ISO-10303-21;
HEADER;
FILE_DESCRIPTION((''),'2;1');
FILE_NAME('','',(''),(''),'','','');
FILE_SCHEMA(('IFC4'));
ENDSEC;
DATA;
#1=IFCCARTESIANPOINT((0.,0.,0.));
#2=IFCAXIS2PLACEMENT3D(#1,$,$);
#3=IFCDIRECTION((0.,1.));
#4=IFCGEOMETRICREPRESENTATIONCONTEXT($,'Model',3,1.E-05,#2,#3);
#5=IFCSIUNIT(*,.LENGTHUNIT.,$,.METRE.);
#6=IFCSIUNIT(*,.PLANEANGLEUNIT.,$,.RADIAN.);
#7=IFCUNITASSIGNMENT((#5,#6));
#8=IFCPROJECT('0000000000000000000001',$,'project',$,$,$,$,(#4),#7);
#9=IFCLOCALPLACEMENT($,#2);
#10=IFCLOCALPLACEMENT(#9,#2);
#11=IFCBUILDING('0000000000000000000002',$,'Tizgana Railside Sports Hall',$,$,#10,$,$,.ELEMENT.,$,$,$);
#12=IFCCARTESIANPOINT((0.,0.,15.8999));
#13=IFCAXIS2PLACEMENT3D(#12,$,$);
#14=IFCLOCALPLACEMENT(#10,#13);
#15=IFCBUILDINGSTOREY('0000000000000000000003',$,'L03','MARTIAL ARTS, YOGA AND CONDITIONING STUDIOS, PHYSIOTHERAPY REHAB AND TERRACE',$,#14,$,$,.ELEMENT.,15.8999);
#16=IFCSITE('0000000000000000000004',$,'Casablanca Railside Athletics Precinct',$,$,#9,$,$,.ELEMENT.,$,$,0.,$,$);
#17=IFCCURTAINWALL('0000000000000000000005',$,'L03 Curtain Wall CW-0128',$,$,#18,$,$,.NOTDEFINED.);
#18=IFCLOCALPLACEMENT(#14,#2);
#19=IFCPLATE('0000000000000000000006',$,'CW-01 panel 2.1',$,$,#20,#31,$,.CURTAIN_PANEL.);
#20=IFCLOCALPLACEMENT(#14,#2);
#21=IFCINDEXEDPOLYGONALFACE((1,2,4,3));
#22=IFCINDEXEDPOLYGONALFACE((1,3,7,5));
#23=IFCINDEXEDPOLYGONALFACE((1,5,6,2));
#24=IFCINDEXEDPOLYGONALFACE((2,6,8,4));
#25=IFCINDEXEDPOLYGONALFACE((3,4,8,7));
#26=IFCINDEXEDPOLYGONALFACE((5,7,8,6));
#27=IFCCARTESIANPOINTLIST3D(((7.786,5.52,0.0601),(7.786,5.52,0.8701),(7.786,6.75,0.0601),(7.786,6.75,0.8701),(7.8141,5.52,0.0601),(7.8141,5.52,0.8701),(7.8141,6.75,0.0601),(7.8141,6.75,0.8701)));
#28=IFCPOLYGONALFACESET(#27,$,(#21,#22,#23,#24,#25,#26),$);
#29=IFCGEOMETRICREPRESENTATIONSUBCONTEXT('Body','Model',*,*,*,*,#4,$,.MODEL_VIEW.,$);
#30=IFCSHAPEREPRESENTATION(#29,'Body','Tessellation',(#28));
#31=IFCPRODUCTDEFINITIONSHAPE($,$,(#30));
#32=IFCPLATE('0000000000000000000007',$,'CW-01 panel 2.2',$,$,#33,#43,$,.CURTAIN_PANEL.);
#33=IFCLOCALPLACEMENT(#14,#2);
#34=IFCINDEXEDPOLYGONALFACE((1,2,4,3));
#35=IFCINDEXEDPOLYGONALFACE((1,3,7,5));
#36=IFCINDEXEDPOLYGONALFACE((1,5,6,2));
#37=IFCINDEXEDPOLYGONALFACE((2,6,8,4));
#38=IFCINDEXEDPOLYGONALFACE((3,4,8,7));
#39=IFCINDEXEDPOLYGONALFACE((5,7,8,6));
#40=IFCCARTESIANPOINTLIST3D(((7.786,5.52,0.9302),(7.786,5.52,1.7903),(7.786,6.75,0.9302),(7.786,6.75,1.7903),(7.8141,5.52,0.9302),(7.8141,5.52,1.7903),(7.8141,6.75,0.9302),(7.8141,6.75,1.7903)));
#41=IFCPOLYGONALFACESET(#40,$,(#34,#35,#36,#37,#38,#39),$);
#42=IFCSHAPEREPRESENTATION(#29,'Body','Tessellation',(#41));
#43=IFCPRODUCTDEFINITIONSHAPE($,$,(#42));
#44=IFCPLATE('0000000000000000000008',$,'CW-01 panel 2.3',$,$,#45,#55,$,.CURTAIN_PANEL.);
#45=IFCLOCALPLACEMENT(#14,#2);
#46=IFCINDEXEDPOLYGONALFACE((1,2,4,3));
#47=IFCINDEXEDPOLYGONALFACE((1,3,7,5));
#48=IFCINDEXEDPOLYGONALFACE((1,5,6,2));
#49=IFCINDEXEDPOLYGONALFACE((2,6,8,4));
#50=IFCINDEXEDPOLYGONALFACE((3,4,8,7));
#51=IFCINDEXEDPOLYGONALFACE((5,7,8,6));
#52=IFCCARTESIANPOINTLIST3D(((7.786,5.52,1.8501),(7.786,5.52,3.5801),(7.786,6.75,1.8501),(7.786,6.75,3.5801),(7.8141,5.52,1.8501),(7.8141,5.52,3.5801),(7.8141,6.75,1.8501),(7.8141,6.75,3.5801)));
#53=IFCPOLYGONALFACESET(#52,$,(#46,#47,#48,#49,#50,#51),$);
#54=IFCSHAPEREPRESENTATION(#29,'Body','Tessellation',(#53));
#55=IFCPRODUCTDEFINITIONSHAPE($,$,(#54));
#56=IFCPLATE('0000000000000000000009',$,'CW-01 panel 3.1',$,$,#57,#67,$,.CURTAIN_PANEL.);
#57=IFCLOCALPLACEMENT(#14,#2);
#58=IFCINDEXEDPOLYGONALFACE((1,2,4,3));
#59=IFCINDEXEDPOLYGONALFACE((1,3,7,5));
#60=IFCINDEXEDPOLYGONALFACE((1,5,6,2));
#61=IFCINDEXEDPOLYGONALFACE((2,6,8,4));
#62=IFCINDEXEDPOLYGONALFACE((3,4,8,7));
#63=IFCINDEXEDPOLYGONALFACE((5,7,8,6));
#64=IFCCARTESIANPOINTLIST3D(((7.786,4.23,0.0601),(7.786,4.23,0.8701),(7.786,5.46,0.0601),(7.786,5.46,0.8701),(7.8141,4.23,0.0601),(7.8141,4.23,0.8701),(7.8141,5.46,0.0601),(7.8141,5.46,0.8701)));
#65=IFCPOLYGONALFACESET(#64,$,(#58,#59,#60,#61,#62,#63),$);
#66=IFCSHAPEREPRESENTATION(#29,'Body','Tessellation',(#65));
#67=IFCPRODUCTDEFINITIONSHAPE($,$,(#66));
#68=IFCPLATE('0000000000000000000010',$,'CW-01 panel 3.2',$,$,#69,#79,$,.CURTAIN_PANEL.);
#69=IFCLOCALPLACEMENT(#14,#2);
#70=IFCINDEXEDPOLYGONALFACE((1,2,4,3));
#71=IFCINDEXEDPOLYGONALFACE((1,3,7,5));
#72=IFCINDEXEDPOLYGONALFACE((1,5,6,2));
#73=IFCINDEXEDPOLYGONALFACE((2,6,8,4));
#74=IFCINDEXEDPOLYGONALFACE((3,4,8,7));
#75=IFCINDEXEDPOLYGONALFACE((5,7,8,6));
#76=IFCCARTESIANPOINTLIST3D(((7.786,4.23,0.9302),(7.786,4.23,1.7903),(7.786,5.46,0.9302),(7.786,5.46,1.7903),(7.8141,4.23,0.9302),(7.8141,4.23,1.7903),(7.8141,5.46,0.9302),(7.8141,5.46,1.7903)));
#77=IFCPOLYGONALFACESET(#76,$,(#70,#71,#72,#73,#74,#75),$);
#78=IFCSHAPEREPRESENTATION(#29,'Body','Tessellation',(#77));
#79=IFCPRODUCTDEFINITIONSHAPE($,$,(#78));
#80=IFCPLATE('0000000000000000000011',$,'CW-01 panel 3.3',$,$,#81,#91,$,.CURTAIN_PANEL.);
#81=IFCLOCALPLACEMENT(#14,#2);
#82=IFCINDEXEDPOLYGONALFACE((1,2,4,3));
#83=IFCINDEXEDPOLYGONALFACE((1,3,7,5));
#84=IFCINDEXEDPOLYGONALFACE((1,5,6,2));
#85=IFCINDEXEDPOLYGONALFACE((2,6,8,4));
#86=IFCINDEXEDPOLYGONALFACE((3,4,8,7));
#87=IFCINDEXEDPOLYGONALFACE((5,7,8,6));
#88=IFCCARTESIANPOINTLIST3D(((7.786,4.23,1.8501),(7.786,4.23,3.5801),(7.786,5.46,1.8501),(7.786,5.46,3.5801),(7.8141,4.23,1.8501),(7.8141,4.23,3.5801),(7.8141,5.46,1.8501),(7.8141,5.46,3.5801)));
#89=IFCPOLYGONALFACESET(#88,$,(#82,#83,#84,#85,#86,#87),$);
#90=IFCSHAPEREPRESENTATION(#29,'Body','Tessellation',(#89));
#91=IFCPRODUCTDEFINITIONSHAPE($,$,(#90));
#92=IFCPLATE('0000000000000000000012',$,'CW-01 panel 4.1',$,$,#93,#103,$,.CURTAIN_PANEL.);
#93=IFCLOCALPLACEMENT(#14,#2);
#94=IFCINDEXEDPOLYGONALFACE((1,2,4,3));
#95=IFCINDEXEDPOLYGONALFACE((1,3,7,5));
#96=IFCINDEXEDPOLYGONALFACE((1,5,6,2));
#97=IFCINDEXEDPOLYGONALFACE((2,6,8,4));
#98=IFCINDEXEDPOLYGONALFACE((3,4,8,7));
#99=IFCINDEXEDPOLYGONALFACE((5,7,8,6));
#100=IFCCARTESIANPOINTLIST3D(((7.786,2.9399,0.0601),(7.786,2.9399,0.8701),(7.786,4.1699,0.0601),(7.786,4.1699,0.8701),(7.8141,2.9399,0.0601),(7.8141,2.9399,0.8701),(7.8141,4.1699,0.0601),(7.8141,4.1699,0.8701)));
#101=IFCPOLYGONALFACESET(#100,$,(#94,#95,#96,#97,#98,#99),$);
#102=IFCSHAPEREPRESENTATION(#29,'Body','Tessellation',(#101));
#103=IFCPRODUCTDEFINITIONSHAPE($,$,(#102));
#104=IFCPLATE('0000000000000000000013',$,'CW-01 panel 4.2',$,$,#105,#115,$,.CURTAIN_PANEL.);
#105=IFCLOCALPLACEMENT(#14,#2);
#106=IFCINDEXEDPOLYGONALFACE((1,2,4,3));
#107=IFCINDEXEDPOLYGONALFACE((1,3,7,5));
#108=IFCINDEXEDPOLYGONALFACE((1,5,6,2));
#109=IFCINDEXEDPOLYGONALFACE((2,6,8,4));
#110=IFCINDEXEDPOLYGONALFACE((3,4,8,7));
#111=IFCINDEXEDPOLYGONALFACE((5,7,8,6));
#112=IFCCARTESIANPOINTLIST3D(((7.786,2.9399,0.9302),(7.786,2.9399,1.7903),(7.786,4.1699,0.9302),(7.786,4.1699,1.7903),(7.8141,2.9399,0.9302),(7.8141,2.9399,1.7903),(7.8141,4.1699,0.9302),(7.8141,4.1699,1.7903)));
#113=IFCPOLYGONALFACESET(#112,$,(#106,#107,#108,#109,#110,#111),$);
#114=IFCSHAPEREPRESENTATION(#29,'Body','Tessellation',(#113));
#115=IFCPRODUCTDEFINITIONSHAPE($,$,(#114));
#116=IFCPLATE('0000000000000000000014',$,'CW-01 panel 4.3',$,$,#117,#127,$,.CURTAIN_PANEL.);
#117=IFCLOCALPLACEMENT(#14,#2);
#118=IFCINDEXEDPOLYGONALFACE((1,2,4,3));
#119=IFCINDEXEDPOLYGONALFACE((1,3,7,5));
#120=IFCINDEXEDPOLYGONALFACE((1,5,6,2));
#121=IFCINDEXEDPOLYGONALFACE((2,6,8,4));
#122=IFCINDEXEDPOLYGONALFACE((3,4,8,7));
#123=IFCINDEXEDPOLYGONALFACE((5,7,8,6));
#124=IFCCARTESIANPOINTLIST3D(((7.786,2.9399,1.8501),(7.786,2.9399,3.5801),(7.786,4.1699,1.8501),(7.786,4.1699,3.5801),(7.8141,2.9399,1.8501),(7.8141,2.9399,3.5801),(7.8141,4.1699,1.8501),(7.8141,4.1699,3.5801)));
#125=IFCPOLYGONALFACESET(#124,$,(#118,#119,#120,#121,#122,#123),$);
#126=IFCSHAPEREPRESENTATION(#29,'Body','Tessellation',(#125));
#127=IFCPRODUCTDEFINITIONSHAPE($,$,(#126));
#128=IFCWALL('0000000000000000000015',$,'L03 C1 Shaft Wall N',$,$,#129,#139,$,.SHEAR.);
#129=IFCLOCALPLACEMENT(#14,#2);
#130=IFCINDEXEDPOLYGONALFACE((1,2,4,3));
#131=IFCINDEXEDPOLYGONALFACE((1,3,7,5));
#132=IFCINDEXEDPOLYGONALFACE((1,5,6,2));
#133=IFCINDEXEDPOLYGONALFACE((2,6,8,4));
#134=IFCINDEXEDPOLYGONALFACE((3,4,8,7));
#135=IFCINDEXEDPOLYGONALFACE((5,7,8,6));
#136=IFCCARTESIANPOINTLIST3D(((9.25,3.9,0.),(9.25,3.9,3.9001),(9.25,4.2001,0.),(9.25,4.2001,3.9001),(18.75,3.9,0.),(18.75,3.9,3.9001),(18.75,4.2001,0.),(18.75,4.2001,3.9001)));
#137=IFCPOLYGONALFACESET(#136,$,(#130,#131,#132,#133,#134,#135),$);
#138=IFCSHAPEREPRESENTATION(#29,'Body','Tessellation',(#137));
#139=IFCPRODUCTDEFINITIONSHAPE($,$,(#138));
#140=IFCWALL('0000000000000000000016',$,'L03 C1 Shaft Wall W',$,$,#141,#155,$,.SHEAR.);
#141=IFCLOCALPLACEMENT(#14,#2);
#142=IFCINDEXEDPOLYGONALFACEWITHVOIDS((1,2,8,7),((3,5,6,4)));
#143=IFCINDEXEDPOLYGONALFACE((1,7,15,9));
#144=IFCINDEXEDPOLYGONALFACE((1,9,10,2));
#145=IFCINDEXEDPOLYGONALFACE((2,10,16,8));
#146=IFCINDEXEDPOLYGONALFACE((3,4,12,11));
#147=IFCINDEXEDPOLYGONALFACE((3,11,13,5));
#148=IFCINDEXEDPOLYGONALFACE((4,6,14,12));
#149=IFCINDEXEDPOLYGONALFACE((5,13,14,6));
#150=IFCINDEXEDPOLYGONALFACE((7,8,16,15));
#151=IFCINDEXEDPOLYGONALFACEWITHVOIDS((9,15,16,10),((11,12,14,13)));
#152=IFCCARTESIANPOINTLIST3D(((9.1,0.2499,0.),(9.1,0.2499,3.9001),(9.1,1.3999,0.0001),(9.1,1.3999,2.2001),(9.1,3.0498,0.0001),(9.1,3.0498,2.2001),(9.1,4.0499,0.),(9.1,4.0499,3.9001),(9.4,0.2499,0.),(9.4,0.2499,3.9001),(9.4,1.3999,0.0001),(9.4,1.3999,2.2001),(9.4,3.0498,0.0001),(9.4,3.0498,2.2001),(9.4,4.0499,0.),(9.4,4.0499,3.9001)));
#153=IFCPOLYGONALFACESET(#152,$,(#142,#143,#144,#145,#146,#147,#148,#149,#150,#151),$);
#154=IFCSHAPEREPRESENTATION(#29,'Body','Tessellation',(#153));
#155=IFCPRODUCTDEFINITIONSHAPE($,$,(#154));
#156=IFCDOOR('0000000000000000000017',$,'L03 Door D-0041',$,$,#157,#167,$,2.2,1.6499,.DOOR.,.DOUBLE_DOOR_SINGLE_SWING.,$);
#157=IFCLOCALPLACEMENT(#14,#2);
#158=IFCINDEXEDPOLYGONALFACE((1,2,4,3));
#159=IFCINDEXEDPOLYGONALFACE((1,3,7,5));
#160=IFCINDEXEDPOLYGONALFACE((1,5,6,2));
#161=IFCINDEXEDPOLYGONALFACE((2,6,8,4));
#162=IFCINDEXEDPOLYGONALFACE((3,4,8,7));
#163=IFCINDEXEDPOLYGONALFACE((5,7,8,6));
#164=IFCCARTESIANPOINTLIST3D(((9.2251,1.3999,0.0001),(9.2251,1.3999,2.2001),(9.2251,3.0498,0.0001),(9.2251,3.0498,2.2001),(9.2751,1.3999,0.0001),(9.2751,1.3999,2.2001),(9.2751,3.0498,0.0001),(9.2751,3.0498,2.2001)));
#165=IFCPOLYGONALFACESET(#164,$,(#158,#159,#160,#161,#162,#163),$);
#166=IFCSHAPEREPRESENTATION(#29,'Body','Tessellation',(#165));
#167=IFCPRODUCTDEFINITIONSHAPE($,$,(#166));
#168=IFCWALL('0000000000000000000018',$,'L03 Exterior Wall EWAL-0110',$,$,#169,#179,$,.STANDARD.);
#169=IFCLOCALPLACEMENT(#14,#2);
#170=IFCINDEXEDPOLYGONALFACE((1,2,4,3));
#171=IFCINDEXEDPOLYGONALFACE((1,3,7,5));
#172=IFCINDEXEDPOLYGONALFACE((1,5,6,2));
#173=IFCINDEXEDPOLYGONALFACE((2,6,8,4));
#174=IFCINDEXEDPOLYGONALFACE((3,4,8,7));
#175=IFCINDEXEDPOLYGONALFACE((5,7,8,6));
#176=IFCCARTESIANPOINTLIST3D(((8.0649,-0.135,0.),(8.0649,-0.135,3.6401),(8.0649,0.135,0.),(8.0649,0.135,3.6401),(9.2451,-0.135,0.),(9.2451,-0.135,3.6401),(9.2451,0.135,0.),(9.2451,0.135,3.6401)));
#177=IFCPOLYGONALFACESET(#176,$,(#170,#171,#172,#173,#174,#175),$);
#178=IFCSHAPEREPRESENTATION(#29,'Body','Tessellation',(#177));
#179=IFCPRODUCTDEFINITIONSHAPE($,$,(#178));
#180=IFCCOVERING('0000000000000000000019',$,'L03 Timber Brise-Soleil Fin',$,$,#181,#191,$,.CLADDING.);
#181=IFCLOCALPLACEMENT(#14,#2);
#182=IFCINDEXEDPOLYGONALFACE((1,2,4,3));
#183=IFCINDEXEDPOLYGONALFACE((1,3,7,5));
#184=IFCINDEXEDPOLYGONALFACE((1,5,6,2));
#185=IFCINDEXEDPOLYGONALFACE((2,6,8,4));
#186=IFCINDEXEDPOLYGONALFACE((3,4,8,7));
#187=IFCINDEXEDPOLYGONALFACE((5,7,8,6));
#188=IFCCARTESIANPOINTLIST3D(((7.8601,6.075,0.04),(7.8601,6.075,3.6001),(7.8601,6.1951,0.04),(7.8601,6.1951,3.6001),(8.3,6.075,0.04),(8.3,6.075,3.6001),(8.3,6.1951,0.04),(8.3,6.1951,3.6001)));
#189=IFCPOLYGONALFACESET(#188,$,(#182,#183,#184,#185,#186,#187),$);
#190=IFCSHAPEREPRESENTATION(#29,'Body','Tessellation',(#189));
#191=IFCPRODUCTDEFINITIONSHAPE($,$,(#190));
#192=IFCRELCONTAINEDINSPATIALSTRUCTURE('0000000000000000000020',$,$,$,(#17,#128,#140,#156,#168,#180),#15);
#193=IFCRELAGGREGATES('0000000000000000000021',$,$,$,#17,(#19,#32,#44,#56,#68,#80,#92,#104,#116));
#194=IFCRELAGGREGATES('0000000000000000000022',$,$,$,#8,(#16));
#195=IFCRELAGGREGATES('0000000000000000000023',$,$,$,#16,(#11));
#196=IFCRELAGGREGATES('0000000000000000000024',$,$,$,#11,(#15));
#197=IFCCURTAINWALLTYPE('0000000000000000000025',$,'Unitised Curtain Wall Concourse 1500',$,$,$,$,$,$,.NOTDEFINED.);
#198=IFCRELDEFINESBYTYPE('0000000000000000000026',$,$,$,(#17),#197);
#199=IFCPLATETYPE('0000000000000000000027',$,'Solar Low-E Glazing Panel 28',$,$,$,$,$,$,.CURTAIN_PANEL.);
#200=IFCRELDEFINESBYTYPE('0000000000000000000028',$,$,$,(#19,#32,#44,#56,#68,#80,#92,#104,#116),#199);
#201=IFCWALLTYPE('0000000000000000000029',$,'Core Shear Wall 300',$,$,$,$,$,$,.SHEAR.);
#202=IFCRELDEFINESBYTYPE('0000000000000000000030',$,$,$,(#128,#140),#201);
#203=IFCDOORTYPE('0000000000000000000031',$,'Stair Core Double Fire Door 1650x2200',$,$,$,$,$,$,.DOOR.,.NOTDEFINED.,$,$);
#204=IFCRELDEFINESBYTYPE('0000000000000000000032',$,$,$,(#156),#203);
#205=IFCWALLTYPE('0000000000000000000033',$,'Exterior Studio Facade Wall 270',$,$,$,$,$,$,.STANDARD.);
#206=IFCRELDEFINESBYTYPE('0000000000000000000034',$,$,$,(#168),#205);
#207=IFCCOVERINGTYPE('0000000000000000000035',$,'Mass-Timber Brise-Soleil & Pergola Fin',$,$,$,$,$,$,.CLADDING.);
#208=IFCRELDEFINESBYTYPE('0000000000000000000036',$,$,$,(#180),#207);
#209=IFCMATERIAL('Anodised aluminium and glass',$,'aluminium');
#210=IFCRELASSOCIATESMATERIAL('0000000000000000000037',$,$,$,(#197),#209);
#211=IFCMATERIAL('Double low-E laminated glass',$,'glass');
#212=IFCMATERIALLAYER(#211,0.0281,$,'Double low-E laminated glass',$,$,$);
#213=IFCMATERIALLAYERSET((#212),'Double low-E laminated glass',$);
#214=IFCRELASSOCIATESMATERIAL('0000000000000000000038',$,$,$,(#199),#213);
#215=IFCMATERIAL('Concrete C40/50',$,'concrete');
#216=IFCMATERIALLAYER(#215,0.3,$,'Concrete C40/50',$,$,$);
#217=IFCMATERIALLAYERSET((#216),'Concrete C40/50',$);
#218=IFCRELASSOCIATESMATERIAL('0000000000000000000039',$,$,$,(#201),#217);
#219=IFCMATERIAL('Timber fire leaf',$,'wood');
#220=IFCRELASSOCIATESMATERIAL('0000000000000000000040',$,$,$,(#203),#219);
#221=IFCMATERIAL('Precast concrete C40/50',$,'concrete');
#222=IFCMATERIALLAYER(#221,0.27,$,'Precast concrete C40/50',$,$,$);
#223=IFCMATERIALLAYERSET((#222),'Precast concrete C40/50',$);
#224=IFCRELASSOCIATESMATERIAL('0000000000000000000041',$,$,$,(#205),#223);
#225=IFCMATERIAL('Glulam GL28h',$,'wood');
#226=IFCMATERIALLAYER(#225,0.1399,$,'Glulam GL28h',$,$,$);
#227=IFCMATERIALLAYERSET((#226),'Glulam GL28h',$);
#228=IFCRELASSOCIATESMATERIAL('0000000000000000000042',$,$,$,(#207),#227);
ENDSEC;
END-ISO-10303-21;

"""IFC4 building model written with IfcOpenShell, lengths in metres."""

from ifc_helpers import new_model, si_unit, direction, frame, frame_2d, origin, origin_2d, place, context, subcontext, project, spatial, rectangle, extrude, material, layer, layer_set, type_object, element, fill, aggregate, save


model = new_model("IFC4")

# Units and contexts
model_context = context("Model", 3, precision=1e-05, world=origin(), true_north=direction((0.0, 1.0)))
body_context = subcontext(model_context, "Body", "Model", "MODEL_VIEW")
ifc_project = project(units=[si_unit("LENGTHUNIT", "METRE"), si_unit("PLANEANGLEUNIT", "RADIAN")], contexts=[model_context])

# Site, building, storey
site_placement = place(None, origin())
site = spatial("IfcSite", under=ifc_project, at=site_placement, Name="Casablanca Railside Athletics Precinct", CompositionType="ELEMENT", RefElevation=0.0)
building_placement = place(site_placement, origin())
building = spatial("IfcBuilding", under=site, at=building_placement, Name="Tizgana Railside Sports Hall", CompositionType="ELEMENT")
storey_placement = place(building_placement, frame((0.0, 0.0, 15.8999)))
storey = spatial("IfcBuildingStorey", under=building, at=storey_placement, Name="L03", Description="MARTIAL ARTS, YOGA AND CONDITIONING STUDIOS, PHYSIOTHERAPY REHAB AND TERRACE", CompositionType="ELEMENT", Elevation=15.8999)

# Curtain wall, plates
ifc_material_1 = material(Name="Anodised aluminium and glass", Category="aluminium")
curtain_wall_type = type_object("IfcCurtainWallType", Name="Unitised Curtain Wall Concourse 1500", PredefinedType="NOTDEFINED", material=ifc_material_1)
curtain_wall_placement = place(storey_placement, origin())
curtain_wall = element("IfcCurtainWall", 1, at=curtain_wall_placement, inside=storey, type_object=curtain_wall_type, Name="L03 Curtain Wall CW-0128", PredefinedType="NOTDEFINED")
ifc_material_2 = material(Name="Double low-E laminated glass", Category="glass")
ifc_layer_1 = layer(ifc_material_2, 0.0281, Name="Double low-E laminated glass")
ifc_layer_set_1 = layer_set([ifc_layer_1], Name="Double low-E laminated glass")
plate_type = type_object("IfcPlateType", Name="Solar Low-E Glazing Panel 28", PredefinedType="CURTAIN_PANEL", material=ifc_layer_set_1)
plate_1_placement = place(storey_placement, frame((7.8, 6.135, 0.0601), z_axis=(0.0, 0.0, 1.0), x_axis=(0.0, -1.0, 0.0)))
plate_1 = element("IfcPlate", 2, at=plate_1_placement, type_object=plate_type, Name="CW-01 panel 2.1", PredefinedType="CURTAIN_PANEL", context=body_context, shape_type="SweptSolid", body=[
    extrude(rectangle(XDim=1.23, YDim=0.0281, at=origin_2d()), origin(), (0.0, 0.0, 1.0), 0.8101),
])
plate_2_placement = place(storey_placement, frame((7.8, 6.135, 0.9302), z_axis=(0.0, 0.0, 1.0), x_axis=(0.0, -1.0, 0.0)))
plate_2 = element("IfcPlate", 3, at=plate_2_placement, type_object=plate_type, Name="CW-01 panel 2.2", PredefinedType="CURTAIN_PANEL", context=body_context, shape_type="SweptSolid", body=[
    extrude(rectangle(XDim=1.23, YDim=0.0281, at=origin_2d()), origin(), (0.0, 0.0, 1.0), 0.8601),
])
plate_3_placement = place(storey_placement, frame((7.8, 6.135, 1.8501), z_axis=(0.0, 0.0, 1.0), x_axis=(0.0, -1.0, 0.0)))
plate_3 = element("IfcPlate", 4, at=plate_3_placement, type_object=plate_type, Name="CW-01 panel 2.3", PredefinedType="CURTAIN_PANEL", context=body_context, shape_type="SweptSolid", body=[
    extrude(rectangle(XDim=1.23, YDim=0.0281, at=origin_2d()), origin(), (0.0, 0.0, 1.0), 1.73),
])
plate_4_placement = place(storey_placement, frame((7.8, 4.845, 0.0601), z_axis=(0.0, 0.0, 1.0), x_axis=(0.0, -1.0, 0.0)))
plate_4 = element("IfcPlate", 5, at=plate_4_placement, type_object=plate_type, Name="CW-01 panel 3.1", PredefinedType="CURTAIN_PANEL", context=body_context, shape_type="SweptSolid", body=[
    extrude(rectangle(XDim=1.23, YDim=0.0281, at=origin_2d()), origin(), (0.0, 0.0, 1.0), 0.8101),
])
plate_5_placement = place(storey_placement, frame((7.8, 4.845, 0.9302), z_axis=(0.0, 0.0, 1.0), x_axis=(0.0, -1.0, 0.0)))
plate_5 = element("IfcPlate", 6, at=plate_5_placement, type_object=plate_type, Name="CW-01 panel 3.2", PredefinedType="CURTAIN_PANEL", context=body_context, shape_type="SweptSolid", body=[
    extrude(rectangle(XDim=1.23, YDim=0.0281, at=origin_2d()), origin(), (0.0, 0.0, 1.0), 0.8601),
])
plate_6_placement = place(storey_placement, frame((7.8, 4.845, 1.8501), z_axis=(0.0, 0.0, 1.0), x_axis=(0.0, -1.0, 0.0)))
plate_6 = element("IfcPlate", 7, at=plate_6_placement, type_object=plate_type, Name="CW-01 panel 3.3", PredefinedType="CURTAIN_PANEL", context=body_context, shape_type="SweptSolid", body=[
    extrude(rectangle(XDim=1.23, YDim=0.0281, at=origin_2d()), origin(), (0.0, 0.0, 1.0), 1.73),
])
plate_7_placement = place(storey_placement, frame((7.8, 3.5549, 0.0601), z_axis=(0.0, 0.0, 1.0), x_axis=(0.0, -1.0, 0.0)))
plate_7 = element("IfcPlate", 8, at=plate_7_placement, type_object=plate_type, Name="CW-01 panel 4.1", PredefinedType="CURTAIN_PANEL", context=body_context, shape_type="SweptSolid", body=[
    extrude(rectangle(XDim=1.23, YDim=0.0281, at=origin_2d()), origin(), (0.0, 0.0, 1.0), 0.8101),
])
plate_8_placement = place(storey_placement, frame((7.8, 3.5549, 0.9302), z_axis=(0.0, 0.0, 1.0), x_axis=(0.0, -1.0, 0.0)))
plate_8 = element("IfcPlate", 9, at=plate_8_placement, type_object=plate_type, Name="CW-01 panel 4.2", PredefinedType="CURTAIN_PANEL", context=body_context, shape_type="SweptSolid", body=[
    extrude(rectangle(XDim=1.23, YDim=0.0281, at=origin_2d()), origin(), (0.0, 0.0, 1.0), 0.8601),
])
plate_9_placement = place(storey_placement, frame((7.8, 3.5549, 1.8501), z_axis=(0.0, 0.0, 1.0), x_axis=(0.0, -1.0, 0.0)))
plate_9 = element("IfcPlate", 10, at=plate_9_placement, type_object=plate_type, Name="CW-01 panel 4.3", PredefinedType="CURTAIN_PANEL", context=body_context, shape_type="SweptSolid", body=[
    extrude(rectangle(XDim=1.23, YDim=0.0281, at=origin_2d()), origin(), (0.0, 0.0, 1.0), 1.73),
])
aggregate(curtain_wall, [plate_1, plate_2, plate_3, plate_4, plate_5, plate_6, plate_7, plate_8, plate_9])

# Wall
ifc_material_3 = material(Name="Concrete C40/50", Category="concrete")
ifc_layer_2 = layer(ifc_material_3, 0.3, Name="Concrete C40/50")
ifc_layer_set_2 = layer_set([ifc_layer_2], Name="Concrete C40/50")
wall_type_1 = type_object("IfcWallType", Name="Core Shear Wall 300", PredefinedType="SHEAR", material=ifc_layer_set_2)
wall_1_placement = place(storey_placement, frame((9.25, 4.05, 0.0), z_axis=(0.0, 0.0, 1.0), x_axis=(1.0, 0.0, 0.0)))
element("IfcWall", 11, at=wall_1_placement, inside=storey, type_object=wall_type_1, Name="L03 C1 Shaft Wall N", PredefinedType="SHEAR", context=body_context, shape_type="SweptSolid", body=[
    extrude(rectangle(XDim=9.5, YDim=0.3, at=frame_2d((4.75, 0.0))), origin(), (0.0, 0.0, 1.0), 3.9001),
])

# Wall, opening, door
wall_2_placement = place(storey_placement, frame((9.25, 0.25, 0.0), z_axis=(0.0, 0.0, 1.0), x_axis=(0.0, 1.0, 0.0)))
wall_2 = element("IfcWall", 12, at=wall_2_placement, inside=storey, type_object=wall_type_1, Name="L03 C1 Shaft Wall W", PredefinedType="SHEAR", context=body_context, shape_type="SweptSolid", body=[
    extrude(rectangle(XDim=3.8, YDim=0.3, at=frame_2d((1.8999, 0.0))), origin(), (0.0, 0.0, 1.0), 3.9001),
])
opening_placement = place(wall_2_placement, frame((1.1499, 0.0, 0.0)))
opening = element("IfcOpeningElement", 13, at=opening_placement, cuts=wall_2, PredefinedType="OPENING", context=body_context, shape_type="SweptSolid", body=[
    extrude(rectangle(XDim=1.6499, YDim=2.2, at=frame_2d((0.825, 1.1001))), frame((0.0, 0.1599, 0.0), z_axis=(0.0, -1.0, 0.0), x_axis=(1.0, 0.0, 0.0)), (0.0, 0.0, 1.0), 0.3201),
])
ifc_material_4 = material(Name="Timber fire leaf", Category="wood")
door_type = type_object("IfcDoorType", Name="Stair Core Double Fire Door 1650x2200", OperationType="NOTDEFINED", PredefinedType="DOOR", material=ifc_material_4)
door_placement = place(opening_placement, origin())
door = element("IfcDoor", 14, at=door_placement, inside=storey, type_object=door_type, Name="L03 Door D-0041", OperationType="DOUBLE_DOOR_SINGLE_SWING", OverallHeight=2.2, OverallWidth=1.6499, PredefinedType="DOOR", context=body_context, shape_type="SweptSolid", body=[
    extrude(rectangle(XDim=1.6499, YDim=2.2, at=frame_2d((0.825, 1.1001))), frame((0.0, 0.0249, 0.0), z_axis=(0.0, -1.0, 0.0), x_axis=(1.0, 0.0, 0.0)), (0.0, 0.0, 1.0), 0.05),
])
fill(opening, door)

# Wall
ifc_material_5 = material(Name="Precast concrete C40/50", Category="concrete")
ifc_layer_3 = layer(ifc_material_5, 0.27, Name="Precast concrete C40/50")
ifc_layer_set_3 = layer_set([ifc_layer_3], Name="Precast concrete C40/50")
wall_type_2 = type_object("IfcWallType", Name="Exterior Studio Facade Wall 270", PredefinedType="STANDARD", material=ifc_layer_set_3)
wall_3_placement = place(storey_placement, frame((9.2451, 0.0, 0.0), z_axis=(0.0, 0.0, 1.0), x_axis=(-1.0, 0.0, 0.0)))
element("IfcWall", 15, at=wall_3_placement, inside=storey, type_object=wall_type_2, Name="L03 Exterior Wall EWAL-0110", PredefinedType="STANDARD", context=body_context, shape_type="SweptSolid", body=[
    extrude(rectangle(XDim=1.1802, YDim=0.27, at=frame_2d((0.5901, 0.0))), origin(), (0.0, 0.0, 1.0), 3.6401),
])

# Covering
ifc_material_6 = material(Name="Glulam GL28h", Category="wood")
ifc_layer_4 = layer(ifc_material_6, 0.1399, Name="Glulam GL28h")
ifc_layer_set_4 = layer_set([ifc_layer_4], Name="Glulam GL28h")
covering_type = type_object("IfcCoveringType", Name="Mass-Timber Brise-Soleil & Pergola Fin", PredefinedType="CLADDING", material=ifc_layer_set_4)
for number, where, z_axis, x_axis, name in (
    (16, (8.0801, 6.135, 0.04), (0.0, 0.0, 1.0), (0.0, -1.0, 0.0), "L03 Timber Brise-Soleil Fin"),
):
    element("IfcCovering", number, at=place(storey_placement, frame(where, z_axis=z_axis, x_axis=x_axis)), inside=storey, type_object=covering_type, Name=name, PredefinedType="CLADDING", context=body_context, shape_type="SweptSolid", body=[
        extrude(rectangle(XDim=0.1201, YDim=0.4399, at=origin_2d()), origin(), (0.0, 0.0, 1.0), 3.5601),
    ])

save(model, "model.ifc")
